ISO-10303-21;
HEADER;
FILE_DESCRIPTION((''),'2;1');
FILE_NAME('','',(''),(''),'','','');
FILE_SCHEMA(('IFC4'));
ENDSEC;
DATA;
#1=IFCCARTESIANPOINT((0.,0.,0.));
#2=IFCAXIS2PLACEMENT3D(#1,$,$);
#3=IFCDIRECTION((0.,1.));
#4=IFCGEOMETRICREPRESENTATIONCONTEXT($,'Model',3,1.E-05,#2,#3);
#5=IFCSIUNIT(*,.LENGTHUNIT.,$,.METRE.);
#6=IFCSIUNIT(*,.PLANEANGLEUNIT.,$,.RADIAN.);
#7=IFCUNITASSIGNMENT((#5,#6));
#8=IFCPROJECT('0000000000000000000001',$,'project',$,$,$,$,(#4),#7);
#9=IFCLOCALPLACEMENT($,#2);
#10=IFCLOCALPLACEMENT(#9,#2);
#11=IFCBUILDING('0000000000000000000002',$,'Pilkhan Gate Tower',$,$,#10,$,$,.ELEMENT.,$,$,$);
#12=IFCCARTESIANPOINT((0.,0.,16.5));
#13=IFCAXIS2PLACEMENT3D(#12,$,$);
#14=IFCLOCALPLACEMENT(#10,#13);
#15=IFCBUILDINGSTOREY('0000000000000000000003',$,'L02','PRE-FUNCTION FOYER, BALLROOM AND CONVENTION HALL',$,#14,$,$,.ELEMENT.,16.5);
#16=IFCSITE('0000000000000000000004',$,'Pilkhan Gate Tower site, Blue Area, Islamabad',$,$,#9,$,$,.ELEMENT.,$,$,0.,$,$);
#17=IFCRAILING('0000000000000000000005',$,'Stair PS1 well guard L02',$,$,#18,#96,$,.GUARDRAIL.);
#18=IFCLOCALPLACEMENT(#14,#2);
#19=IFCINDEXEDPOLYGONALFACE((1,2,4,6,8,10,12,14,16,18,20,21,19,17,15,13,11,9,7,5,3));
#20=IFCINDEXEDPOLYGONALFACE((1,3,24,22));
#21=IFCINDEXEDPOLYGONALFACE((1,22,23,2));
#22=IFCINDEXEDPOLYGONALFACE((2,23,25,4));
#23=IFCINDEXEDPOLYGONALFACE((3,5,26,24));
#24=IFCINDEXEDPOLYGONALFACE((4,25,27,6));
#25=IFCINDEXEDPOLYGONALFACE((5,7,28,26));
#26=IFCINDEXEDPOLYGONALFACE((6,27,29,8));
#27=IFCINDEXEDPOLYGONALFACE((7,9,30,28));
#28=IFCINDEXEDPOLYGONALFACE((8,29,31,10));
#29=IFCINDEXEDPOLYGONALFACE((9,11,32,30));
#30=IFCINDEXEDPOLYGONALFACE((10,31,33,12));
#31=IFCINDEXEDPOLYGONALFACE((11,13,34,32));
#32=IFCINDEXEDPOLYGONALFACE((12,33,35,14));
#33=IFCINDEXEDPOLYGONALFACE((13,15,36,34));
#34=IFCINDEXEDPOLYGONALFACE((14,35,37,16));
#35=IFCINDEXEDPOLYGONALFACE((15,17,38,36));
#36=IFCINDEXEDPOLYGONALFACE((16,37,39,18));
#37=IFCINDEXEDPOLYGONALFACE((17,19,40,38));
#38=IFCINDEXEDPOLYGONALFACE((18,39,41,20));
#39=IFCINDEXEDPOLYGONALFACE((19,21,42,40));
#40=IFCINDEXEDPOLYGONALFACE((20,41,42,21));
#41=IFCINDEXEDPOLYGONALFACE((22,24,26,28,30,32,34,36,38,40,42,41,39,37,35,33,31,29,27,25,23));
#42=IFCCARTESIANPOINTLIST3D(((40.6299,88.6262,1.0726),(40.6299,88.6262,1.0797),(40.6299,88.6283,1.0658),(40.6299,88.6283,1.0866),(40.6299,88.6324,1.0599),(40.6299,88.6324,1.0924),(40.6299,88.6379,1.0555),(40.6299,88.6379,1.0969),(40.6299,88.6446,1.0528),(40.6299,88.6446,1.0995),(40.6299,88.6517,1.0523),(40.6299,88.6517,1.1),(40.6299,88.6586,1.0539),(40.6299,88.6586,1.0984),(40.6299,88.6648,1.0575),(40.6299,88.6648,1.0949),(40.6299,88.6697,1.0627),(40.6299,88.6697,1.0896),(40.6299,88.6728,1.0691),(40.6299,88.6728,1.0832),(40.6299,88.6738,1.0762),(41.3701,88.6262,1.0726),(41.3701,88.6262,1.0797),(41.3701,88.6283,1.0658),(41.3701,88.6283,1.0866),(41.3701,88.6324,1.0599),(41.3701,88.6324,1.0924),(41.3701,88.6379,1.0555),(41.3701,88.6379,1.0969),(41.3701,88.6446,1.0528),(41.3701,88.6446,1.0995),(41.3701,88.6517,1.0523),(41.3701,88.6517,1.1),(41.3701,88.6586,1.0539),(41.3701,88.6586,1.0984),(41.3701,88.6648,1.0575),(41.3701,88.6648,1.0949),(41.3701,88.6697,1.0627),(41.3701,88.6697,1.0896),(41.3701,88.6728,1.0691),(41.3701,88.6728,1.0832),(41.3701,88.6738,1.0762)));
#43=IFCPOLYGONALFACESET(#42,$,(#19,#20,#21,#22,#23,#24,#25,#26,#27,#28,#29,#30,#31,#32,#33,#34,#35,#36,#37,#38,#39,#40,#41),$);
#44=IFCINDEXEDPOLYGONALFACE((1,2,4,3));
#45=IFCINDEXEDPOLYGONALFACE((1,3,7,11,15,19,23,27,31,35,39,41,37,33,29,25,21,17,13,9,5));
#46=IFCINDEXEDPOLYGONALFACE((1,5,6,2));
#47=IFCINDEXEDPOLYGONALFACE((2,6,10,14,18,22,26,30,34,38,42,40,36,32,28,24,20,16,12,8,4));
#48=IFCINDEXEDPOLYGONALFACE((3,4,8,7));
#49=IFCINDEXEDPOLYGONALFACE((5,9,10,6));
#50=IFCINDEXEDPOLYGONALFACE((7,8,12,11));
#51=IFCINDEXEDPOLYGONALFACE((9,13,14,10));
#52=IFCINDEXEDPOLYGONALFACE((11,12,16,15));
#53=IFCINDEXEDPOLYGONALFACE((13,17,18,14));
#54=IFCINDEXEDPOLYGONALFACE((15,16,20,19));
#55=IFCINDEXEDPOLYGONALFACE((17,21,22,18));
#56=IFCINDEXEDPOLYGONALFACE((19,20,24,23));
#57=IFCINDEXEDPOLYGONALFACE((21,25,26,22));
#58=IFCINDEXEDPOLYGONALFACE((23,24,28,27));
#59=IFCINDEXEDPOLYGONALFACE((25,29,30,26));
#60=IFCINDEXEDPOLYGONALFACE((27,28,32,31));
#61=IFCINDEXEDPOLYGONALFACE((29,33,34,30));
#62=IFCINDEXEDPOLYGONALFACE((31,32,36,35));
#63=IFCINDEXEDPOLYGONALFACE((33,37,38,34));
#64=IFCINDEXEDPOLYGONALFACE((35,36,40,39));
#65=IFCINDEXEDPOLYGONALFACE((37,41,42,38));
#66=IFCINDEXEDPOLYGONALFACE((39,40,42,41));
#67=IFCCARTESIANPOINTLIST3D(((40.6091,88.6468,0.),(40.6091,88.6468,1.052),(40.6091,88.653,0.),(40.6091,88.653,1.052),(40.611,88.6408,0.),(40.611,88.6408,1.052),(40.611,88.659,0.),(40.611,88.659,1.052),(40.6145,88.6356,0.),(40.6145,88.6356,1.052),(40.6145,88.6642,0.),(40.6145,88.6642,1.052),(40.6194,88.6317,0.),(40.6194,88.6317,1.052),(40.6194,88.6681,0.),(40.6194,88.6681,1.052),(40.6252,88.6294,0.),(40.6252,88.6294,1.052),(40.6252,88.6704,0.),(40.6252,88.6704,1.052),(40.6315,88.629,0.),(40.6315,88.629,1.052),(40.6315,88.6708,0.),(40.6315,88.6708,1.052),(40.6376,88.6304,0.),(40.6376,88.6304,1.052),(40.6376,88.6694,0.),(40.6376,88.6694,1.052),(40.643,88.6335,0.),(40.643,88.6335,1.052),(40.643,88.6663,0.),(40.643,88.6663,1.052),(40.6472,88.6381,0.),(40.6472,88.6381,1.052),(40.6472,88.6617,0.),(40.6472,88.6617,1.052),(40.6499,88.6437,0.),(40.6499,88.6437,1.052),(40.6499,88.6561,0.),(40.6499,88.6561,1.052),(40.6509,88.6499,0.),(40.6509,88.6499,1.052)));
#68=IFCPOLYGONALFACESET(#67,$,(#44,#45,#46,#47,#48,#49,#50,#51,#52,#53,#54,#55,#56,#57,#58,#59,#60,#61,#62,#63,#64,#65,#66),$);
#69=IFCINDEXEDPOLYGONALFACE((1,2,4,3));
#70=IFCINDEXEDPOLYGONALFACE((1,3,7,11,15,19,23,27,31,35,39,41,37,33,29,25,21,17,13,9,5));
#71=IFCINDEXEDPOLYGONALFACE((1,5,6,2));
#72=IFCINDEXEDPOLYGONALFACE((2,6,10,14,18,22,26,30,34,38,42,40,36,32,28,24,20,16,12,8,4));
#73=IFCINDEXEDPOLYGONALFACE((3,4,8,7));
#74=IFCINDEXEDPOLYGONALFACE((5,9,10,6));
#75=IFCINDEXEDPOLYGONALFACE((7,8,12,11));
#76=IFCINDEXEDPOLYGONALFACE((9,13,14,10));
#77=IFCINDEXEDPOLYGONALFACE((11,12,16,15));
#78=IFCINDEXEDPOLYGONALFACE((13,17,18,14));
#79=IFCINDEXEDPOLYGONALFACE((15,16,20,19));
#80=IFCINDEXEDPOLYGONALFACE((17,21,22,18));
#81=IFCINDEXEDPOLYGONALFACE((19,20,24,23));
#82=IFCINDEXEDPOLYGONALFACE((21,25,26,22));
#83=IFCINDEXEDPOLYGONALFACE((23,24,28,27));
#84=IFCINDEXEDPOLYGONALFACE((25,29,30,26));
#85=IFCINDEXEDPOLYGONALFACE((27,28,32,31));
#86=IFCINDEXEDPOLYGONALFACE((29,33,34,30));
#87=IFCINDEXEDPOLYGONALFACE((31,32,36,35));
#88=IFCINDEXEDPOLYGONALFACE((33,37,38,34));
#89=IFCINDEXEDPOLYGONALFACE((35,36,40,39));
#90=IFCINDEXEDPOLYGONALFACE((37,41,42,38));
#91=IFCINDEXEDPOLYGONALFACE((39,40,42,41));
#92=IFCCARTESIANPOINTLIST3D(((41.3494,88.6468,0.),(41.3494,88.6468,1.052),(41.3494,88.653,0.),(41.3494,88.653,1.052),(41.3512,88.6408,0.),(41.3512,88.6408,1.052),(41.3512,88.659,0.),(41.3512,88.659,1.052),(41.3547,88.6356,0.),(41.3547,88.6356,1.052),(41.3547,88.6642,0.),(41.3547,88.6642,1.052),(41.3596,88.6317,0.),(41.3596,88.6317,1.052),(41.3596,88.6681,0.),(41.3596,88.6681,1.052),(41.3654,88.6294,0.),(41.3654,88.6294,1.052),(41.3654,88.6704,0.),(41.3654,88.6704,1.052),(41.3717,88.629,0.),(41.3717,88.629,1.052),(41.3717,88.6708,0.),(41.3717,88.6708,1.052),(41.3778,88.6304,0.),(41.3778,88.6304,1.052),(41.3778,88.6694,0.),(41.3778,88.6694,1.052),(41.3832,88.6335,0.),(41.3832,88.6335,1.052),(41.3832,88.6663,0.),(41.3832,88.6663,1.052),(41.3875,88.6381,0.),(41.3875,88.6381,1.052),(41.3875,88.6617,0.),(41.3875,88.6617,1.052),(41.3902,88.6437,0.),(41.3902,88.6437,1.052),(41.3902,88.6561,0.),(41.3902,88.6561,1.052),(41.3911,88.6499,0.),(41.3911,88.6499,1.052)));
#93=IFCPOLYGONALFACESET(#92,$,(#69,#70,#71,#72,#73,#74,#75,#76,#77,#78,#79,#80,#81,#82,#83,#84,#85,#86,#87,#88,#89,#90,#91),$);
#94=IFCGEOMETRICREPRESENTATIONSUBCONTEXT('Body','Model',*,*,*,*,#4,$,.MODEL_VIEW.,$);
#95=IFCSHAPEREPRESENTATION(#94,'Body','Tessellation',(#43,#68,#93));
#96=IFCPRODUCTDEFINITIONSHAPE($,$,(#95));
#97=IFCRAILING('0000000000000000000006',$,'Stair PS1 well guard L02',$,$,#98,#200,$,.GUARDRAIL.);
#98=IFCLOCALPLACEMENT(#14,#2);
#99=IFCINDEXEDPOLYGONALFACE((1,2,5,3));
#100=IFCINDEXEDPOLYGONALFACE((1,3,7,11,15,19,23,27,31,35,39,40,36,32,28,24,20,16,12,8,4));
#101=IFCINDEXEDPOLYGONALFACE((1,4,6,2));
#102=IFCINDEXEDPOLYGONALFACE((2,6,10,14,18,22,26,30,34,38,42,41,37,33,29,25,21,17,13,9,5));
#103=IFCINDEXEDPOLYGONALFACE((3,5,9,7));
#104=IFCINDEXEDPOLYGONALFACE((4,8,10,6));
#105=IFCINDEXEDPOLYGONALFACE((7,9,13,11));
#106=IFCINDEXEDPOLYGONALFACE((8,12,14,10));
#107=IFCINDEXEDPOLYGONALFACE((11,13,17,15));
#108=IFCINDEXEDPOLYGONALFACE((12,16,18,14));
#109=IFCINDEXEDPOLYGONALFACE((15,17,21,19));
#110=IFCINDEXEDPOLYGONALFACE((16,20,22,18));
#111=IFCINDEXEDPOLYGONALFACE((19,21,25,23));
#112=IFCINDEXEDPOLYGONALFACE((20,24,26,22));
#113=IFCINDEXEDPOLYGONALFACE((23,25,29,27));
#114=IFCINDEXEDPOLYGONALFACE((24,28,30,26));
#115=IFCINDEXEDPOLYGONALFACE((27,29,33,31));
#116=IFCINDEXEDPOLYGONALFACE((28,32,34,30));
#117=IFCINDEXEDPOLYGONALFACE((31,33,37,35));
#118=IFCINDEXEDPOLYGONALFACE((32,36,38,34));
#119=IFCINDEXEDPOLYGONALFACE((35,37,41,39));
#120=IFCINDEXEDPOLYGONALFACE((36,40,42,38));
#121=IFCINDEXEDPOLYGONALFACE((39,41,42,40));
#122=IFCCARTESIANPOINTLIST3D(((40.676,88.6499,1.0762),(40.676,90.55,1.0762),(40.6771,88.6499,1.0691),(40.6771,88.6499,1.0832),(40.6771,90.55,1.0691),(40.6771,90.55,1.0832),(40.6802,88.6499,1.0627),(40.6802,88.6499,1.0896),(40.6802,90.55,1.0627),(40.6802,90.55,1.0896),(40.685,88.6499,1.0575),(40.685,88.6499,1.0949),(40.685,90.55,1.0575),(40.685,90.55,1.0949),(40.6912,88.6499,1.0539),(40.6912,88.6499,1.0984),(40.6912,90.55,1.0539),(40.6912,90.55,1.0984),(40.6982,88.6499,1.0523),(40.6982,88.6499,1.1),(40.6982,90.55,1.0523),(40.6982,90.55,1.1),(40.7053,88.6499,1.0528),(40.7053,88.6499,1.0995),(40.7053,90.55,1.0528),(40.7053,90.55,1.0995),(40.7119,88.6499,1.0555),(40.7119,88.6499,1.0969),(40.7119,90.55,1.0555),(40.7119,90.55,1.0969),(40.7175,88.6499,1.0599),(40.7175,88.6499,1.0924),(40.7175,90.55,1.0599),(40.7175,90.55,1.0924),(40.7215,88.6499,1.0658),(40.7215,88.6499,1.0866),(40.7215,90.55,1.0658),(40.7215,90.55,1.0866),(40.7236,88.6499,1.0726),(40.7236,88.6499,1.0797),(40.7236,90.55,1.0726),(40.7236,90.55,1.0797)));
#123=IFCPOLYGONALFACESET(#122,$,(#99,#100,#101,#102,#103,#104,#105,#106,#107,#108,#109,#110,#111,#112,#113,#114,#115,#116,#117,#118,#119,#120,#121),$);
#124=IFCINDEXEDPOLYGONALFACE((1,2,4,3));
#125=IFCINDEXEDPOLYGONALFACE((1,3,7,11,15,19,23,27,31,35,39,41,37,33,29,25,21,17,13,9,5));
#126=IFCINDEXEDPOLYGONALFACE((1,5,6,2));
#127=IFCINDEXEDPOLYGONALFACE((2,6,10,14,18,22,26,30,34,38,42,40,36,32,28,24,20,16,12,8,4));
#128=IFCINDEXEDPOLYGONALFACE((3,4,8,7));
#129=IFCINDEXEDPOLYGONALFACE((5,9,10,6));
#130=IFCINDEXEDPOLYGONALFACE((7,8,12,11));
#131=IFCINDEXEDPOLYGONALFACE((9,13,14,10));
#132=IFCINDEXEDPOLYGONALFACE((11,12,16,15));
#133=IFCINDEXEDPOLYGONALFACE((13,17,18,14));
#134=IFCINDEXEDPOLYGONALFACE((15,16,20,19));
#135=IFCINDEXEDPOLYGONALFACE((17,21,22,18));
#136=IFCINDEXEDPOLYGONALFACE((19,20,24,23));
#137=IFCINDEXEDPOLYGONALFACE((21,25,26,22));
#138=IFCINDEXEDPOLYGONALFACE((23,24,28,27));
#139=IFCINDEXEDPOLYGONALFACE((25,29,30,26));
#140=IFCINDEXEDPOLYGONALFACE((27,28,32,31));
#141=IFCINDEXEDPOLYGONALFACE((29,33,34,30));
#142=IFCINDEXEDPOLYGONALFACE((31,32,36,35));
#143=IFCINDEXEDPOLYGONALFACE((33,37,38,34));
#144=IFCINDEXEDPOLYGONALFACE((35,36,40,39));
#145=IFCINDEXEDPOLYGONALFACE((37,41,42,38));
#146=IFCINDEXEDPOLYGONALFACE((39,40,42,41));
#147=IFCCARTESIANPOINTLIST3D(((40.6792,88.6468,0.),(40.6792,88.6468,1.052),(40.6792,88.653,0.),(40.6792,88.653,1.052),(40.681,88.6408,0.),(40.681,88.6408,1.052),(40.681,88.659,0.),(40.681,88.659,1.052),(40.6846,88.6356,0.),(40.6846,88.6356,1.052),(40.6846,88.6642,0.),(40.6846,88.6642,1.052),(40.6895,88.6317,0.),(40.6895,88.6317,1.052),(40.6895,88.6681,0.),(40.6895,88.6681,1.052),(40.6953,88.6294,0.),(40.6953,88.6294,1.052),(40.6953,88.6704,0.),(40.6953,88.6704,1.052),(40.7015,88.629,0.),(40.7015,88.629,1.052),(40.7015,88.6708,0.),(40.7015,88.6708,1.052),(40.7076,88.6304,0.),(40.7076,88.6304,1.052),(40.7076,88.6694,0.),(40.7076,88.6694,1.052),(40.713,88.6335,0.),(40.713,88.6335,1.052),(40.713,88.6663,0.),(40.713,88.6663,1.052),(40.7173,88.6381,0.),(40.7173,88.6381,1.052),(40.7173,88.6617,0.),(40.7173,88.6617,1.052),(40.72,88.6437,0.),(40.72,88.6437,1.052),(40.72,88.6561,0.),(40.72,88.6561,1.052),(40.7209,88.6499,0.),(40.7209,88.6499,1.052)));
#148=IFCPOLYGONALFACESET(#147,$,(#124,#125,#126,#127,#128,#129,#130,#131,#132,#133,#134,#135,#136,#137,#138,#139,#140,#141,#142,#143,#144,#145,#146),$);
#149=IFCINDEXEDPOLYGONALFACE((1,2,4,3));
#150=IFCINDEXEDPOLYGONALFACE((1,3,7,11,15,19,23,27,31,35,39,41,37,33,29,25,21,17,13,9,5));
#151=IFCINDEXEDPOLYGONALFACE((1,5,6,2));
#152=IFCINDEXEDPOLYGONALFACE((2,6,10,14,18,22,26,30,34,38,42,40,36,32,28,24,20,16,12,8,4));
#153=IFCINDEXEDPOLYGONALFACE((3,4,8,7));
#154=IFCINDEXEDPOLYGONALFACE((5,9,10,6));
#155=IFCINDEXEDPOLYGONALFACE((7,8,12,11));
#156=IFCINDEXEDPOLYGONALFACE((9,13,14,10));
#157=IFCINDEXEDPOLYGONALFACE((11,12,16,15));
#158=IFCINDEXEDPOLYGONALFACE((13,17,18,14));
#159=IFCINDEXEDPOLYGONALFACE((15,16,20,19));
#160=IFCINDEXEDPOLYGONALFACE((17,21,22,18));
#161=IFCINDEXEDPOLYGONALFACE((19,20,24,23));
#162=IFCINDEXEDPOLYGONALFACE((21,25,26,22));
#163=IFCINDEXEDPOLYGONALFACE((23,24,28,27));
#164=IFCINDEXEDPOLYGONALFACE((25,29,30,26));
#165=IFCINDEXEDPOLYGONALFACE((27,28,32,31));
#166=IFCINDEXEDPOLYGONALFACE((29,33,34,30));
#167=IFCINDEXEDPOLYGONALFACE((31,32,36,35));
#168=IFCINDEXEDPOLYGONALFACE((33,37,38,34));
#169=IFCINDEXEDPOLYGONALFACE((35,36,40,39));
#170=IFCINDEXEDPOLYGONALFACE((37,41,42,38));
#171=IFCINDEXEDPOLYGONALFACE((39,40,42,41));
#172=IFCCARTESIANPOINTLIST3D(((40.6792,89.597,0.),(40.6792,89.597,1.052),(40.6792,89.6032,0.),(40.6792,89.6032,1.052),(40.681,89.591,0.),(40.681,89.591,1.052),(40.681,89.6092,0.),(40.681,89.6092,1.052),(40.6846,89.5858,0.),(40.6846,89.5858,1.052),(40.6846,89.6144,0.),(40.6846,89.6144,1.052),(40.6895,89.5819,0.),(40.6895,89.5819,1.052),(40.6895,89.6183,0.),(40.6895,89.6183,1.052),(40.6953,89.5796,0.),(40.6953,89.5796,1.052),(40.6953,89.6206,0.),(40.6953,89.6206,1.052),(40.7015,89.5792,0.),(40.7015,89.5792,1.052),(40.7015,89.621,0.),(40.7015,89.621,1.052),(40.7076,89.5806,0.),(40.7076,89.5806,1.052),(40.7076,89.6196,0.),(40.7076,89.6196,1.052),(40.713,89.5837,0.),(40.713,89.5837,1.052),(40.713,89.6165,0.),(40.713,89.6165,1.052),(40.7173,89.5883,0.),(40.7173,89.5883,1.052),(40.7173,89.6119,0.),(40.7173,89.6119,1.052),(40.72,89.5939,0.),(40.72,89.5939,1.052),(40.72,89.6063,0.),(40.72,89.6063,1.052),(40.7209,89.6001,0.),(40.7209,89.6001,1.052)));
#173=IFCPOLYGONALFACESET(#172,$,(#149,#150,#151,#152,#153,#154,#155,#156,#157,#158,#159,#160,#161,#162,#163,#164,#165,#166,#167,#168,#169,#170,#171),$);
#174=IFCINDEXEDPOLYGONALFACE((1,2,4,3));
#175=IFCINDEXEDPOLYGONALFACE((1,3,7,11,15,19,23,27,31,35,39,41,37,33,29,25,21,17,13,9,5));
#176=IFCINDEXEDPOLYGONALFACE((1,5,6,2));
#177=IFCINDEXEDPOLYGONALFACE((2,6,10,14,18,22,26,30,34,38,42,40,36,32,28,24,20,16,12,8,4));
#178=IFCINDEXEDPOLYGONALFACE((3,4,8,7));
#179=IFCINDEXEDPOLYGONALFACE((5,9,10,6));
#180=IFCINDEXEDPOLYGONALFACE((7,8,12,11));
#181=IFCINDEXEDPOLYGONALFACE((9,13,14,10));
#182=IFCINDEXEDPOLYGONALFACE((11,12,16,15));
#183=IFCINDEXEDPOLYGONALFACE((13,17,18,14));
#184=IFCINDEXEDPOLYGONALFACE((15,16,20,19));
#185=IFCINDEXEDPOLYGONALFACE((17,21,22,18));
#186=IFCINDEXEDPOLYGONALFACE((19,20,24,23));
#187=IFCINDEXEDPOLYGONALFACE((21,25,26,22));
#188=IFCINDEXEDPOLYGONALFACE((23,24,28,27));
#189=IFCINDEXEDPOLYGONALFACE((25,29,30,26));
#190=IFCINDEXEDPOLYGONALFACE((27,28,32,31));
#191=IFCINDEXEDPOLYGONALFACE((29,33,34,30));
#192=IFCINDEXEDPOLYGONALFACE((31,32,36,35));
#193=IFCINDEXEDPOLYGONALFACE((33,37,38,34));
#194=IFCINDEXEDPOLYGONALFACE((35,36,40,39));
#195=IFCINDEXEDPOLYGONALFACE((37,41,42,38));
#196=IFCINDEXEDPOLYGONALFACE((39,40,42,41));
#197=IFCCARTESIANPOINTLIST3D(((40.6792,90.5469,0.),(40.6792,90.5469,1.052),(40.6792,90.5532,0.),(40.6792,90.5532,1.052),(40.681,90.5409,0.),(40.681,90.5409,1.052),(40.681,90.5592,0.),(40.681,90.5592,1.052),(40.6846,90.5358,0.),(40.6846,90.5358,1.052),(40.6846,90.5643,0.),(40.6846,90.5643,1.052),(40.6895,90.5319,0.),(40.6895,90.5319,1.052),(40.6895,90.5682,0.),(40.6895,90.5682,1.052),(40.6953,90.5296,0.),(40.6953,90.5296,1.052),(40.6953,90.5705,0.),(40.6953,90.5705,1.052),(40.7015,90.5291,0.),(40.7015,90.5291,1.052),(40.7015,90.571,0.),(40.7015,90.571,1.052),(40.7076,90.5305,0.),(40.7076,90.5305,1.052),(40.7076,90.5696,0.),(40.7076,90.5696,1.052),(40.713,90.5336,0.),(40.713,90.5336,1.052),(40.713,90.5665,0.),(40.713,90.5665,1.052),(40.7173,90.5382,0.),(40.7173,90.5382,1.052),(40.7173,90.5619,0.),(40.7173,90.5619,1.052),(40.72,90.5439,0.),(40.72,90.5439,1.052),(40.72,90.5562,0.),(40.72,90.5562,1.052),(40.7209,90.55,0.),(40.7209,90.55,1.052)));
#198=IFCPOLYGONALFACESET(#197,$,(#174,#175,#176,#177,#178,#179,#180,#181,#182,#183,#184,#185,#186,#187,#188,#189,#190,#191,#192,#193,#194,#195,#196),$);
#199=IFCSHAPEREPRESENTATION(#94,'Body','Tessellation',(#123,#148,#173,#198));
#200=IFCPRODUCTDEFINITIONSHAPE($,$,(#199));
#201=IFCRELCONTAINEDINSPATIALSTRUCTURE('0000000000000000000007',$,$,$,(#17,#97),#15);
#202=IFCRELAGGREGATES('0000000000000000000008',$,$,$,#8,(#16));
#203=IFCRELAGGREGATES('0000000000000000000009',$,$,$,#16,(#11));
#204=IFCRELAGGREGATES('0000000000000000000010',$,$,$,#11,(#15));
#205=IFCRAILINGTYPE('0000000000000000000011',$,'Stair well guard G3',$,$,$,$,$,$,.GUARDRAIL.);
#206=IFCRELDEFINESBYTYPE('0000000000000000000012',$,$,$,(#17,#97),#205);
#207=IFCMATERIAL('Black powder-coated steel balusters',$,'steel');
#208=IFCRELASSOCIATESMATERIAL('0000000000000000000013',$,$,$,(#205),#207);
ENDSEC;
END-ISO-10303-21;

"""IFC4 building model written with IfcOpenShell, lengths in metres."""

from ifc_helpers import new_model, si_unit, direction, frame, origin, origin_2d, place, context, subcontext, project, spatial, circle, extrude, material, type_object, element, save


model = new_model("IFC4")

# Units and contexts
model_context = context("Model", 3, precision=1e-05, world=origin(), true_north=direction((0.0, 1.0)))
body_context = subcontext(model_context, "Body", "Model", "MODEL_VIEW")
ifc_project = project(units=[si_unit("LENGTHUNIT", "METRE"), si_unit("PLANEANGLEUNIT", "RADIAN")], contexts=[model_context])

# Site, building, storey
site_placement = place(None, origin())
site = spatial("IfcSite", under=ifc_project, at=site_placement, Name="Pilkhan Gate Tower site, Blue Area, Islamabad", CompositionType="ELEMENT", RefElevation=0.0)
building_placement = place(site_placement, origin())
building = spatial("IfcBuilding", under=site, at=building_placement, Name="Pilkhan Gate Tower", CompositionType="ELEMENT")
storey_placement = place(building_placement, frame((0.0, 0.0, 16.5)))
storey = spatial("IfcBuildingStorey", under=building, at=storey_placement, Name="L02", Description="PRE-FUNCTION FOYER, BALLROOM AND CONVENTION HALL", CompositionType="ELEMENT", Elevation=16.5)

# Railings
ifc_material_1 = material(Name="Black powder-coated steel balusters", Category="steel")
railing_type_1 = type_object("IfcRailingType", Name="Stair well guard G3", PredefinedType="GUARDRAIL", material=ifc_material_1)
railing_1_placement = place(storey_placement, frame((40.6299, 88.6499, 0.0)))
element("IfcRailing", 1, at=railing_1_placement, inside=storey, type_object=railing_type_1, Name="Stair PS1 well guard L02", PredefinedType="GUARDRAIL", context=body_context, shape_type="SweptSolid", body=[
    extrude(circle(Radius=0.0239, at=origin_2d()), frame((0.0, 0.0, 1.0762), z_axis=(1.0, 0.0, 0.0), x_axis=(0.0, 1.0, 0.0)), (0.0, 0.0, 1.0), 0.7402),
    extrude(circle(Radius=0.021, at=origin_2d()), origin(), (0.0, 0.0, 1.0), 1.052),
    extrude(circle(Radius=0.021, at=origin_2d()), frame((0.7402, 0.0, 0.0)), (0.0, 0.0, 1.0), 1.052),
])
railing_2_placement = place(storey_placement, frame((40.7, 88.6499, 0.0)))
element("IfcRailing", 2, at=railing_2_placement, inside=storey, type_object=railing_type_1, Name="Stair PS1 well guard L02", PredefinedType="GUARDRAIL", context=body_context, shape_type="SweptSolid", body=[
    extrude(circle(Radius=0.0239, at=origin_2d()), frame((0.0, 0.0, 1.0762), z_axis=(0.0, 1.0, 0.0), x_axis=(-1.0, 0.0, 0.0)), (0.0, 0.0, 1.0), 1.9001),
    extrude(circle(Radius=0.021, at=origin_2d()), origin(), (0.0, 0.0, 1.0), 1.052),
    extrude(circle(Radius=0.021, at=origin_2d()), frame((0.0, 0.9502, 0.0)), (0.0, 0.0, 1.0), 1.052),
    extrude(circle(Radius=0.021, at=origin_2d()), frame((0.0, 1.9001, 0.0)), (0.0, 0.0, 1.0), 1.052),
])

save(model, "model.ifc")
